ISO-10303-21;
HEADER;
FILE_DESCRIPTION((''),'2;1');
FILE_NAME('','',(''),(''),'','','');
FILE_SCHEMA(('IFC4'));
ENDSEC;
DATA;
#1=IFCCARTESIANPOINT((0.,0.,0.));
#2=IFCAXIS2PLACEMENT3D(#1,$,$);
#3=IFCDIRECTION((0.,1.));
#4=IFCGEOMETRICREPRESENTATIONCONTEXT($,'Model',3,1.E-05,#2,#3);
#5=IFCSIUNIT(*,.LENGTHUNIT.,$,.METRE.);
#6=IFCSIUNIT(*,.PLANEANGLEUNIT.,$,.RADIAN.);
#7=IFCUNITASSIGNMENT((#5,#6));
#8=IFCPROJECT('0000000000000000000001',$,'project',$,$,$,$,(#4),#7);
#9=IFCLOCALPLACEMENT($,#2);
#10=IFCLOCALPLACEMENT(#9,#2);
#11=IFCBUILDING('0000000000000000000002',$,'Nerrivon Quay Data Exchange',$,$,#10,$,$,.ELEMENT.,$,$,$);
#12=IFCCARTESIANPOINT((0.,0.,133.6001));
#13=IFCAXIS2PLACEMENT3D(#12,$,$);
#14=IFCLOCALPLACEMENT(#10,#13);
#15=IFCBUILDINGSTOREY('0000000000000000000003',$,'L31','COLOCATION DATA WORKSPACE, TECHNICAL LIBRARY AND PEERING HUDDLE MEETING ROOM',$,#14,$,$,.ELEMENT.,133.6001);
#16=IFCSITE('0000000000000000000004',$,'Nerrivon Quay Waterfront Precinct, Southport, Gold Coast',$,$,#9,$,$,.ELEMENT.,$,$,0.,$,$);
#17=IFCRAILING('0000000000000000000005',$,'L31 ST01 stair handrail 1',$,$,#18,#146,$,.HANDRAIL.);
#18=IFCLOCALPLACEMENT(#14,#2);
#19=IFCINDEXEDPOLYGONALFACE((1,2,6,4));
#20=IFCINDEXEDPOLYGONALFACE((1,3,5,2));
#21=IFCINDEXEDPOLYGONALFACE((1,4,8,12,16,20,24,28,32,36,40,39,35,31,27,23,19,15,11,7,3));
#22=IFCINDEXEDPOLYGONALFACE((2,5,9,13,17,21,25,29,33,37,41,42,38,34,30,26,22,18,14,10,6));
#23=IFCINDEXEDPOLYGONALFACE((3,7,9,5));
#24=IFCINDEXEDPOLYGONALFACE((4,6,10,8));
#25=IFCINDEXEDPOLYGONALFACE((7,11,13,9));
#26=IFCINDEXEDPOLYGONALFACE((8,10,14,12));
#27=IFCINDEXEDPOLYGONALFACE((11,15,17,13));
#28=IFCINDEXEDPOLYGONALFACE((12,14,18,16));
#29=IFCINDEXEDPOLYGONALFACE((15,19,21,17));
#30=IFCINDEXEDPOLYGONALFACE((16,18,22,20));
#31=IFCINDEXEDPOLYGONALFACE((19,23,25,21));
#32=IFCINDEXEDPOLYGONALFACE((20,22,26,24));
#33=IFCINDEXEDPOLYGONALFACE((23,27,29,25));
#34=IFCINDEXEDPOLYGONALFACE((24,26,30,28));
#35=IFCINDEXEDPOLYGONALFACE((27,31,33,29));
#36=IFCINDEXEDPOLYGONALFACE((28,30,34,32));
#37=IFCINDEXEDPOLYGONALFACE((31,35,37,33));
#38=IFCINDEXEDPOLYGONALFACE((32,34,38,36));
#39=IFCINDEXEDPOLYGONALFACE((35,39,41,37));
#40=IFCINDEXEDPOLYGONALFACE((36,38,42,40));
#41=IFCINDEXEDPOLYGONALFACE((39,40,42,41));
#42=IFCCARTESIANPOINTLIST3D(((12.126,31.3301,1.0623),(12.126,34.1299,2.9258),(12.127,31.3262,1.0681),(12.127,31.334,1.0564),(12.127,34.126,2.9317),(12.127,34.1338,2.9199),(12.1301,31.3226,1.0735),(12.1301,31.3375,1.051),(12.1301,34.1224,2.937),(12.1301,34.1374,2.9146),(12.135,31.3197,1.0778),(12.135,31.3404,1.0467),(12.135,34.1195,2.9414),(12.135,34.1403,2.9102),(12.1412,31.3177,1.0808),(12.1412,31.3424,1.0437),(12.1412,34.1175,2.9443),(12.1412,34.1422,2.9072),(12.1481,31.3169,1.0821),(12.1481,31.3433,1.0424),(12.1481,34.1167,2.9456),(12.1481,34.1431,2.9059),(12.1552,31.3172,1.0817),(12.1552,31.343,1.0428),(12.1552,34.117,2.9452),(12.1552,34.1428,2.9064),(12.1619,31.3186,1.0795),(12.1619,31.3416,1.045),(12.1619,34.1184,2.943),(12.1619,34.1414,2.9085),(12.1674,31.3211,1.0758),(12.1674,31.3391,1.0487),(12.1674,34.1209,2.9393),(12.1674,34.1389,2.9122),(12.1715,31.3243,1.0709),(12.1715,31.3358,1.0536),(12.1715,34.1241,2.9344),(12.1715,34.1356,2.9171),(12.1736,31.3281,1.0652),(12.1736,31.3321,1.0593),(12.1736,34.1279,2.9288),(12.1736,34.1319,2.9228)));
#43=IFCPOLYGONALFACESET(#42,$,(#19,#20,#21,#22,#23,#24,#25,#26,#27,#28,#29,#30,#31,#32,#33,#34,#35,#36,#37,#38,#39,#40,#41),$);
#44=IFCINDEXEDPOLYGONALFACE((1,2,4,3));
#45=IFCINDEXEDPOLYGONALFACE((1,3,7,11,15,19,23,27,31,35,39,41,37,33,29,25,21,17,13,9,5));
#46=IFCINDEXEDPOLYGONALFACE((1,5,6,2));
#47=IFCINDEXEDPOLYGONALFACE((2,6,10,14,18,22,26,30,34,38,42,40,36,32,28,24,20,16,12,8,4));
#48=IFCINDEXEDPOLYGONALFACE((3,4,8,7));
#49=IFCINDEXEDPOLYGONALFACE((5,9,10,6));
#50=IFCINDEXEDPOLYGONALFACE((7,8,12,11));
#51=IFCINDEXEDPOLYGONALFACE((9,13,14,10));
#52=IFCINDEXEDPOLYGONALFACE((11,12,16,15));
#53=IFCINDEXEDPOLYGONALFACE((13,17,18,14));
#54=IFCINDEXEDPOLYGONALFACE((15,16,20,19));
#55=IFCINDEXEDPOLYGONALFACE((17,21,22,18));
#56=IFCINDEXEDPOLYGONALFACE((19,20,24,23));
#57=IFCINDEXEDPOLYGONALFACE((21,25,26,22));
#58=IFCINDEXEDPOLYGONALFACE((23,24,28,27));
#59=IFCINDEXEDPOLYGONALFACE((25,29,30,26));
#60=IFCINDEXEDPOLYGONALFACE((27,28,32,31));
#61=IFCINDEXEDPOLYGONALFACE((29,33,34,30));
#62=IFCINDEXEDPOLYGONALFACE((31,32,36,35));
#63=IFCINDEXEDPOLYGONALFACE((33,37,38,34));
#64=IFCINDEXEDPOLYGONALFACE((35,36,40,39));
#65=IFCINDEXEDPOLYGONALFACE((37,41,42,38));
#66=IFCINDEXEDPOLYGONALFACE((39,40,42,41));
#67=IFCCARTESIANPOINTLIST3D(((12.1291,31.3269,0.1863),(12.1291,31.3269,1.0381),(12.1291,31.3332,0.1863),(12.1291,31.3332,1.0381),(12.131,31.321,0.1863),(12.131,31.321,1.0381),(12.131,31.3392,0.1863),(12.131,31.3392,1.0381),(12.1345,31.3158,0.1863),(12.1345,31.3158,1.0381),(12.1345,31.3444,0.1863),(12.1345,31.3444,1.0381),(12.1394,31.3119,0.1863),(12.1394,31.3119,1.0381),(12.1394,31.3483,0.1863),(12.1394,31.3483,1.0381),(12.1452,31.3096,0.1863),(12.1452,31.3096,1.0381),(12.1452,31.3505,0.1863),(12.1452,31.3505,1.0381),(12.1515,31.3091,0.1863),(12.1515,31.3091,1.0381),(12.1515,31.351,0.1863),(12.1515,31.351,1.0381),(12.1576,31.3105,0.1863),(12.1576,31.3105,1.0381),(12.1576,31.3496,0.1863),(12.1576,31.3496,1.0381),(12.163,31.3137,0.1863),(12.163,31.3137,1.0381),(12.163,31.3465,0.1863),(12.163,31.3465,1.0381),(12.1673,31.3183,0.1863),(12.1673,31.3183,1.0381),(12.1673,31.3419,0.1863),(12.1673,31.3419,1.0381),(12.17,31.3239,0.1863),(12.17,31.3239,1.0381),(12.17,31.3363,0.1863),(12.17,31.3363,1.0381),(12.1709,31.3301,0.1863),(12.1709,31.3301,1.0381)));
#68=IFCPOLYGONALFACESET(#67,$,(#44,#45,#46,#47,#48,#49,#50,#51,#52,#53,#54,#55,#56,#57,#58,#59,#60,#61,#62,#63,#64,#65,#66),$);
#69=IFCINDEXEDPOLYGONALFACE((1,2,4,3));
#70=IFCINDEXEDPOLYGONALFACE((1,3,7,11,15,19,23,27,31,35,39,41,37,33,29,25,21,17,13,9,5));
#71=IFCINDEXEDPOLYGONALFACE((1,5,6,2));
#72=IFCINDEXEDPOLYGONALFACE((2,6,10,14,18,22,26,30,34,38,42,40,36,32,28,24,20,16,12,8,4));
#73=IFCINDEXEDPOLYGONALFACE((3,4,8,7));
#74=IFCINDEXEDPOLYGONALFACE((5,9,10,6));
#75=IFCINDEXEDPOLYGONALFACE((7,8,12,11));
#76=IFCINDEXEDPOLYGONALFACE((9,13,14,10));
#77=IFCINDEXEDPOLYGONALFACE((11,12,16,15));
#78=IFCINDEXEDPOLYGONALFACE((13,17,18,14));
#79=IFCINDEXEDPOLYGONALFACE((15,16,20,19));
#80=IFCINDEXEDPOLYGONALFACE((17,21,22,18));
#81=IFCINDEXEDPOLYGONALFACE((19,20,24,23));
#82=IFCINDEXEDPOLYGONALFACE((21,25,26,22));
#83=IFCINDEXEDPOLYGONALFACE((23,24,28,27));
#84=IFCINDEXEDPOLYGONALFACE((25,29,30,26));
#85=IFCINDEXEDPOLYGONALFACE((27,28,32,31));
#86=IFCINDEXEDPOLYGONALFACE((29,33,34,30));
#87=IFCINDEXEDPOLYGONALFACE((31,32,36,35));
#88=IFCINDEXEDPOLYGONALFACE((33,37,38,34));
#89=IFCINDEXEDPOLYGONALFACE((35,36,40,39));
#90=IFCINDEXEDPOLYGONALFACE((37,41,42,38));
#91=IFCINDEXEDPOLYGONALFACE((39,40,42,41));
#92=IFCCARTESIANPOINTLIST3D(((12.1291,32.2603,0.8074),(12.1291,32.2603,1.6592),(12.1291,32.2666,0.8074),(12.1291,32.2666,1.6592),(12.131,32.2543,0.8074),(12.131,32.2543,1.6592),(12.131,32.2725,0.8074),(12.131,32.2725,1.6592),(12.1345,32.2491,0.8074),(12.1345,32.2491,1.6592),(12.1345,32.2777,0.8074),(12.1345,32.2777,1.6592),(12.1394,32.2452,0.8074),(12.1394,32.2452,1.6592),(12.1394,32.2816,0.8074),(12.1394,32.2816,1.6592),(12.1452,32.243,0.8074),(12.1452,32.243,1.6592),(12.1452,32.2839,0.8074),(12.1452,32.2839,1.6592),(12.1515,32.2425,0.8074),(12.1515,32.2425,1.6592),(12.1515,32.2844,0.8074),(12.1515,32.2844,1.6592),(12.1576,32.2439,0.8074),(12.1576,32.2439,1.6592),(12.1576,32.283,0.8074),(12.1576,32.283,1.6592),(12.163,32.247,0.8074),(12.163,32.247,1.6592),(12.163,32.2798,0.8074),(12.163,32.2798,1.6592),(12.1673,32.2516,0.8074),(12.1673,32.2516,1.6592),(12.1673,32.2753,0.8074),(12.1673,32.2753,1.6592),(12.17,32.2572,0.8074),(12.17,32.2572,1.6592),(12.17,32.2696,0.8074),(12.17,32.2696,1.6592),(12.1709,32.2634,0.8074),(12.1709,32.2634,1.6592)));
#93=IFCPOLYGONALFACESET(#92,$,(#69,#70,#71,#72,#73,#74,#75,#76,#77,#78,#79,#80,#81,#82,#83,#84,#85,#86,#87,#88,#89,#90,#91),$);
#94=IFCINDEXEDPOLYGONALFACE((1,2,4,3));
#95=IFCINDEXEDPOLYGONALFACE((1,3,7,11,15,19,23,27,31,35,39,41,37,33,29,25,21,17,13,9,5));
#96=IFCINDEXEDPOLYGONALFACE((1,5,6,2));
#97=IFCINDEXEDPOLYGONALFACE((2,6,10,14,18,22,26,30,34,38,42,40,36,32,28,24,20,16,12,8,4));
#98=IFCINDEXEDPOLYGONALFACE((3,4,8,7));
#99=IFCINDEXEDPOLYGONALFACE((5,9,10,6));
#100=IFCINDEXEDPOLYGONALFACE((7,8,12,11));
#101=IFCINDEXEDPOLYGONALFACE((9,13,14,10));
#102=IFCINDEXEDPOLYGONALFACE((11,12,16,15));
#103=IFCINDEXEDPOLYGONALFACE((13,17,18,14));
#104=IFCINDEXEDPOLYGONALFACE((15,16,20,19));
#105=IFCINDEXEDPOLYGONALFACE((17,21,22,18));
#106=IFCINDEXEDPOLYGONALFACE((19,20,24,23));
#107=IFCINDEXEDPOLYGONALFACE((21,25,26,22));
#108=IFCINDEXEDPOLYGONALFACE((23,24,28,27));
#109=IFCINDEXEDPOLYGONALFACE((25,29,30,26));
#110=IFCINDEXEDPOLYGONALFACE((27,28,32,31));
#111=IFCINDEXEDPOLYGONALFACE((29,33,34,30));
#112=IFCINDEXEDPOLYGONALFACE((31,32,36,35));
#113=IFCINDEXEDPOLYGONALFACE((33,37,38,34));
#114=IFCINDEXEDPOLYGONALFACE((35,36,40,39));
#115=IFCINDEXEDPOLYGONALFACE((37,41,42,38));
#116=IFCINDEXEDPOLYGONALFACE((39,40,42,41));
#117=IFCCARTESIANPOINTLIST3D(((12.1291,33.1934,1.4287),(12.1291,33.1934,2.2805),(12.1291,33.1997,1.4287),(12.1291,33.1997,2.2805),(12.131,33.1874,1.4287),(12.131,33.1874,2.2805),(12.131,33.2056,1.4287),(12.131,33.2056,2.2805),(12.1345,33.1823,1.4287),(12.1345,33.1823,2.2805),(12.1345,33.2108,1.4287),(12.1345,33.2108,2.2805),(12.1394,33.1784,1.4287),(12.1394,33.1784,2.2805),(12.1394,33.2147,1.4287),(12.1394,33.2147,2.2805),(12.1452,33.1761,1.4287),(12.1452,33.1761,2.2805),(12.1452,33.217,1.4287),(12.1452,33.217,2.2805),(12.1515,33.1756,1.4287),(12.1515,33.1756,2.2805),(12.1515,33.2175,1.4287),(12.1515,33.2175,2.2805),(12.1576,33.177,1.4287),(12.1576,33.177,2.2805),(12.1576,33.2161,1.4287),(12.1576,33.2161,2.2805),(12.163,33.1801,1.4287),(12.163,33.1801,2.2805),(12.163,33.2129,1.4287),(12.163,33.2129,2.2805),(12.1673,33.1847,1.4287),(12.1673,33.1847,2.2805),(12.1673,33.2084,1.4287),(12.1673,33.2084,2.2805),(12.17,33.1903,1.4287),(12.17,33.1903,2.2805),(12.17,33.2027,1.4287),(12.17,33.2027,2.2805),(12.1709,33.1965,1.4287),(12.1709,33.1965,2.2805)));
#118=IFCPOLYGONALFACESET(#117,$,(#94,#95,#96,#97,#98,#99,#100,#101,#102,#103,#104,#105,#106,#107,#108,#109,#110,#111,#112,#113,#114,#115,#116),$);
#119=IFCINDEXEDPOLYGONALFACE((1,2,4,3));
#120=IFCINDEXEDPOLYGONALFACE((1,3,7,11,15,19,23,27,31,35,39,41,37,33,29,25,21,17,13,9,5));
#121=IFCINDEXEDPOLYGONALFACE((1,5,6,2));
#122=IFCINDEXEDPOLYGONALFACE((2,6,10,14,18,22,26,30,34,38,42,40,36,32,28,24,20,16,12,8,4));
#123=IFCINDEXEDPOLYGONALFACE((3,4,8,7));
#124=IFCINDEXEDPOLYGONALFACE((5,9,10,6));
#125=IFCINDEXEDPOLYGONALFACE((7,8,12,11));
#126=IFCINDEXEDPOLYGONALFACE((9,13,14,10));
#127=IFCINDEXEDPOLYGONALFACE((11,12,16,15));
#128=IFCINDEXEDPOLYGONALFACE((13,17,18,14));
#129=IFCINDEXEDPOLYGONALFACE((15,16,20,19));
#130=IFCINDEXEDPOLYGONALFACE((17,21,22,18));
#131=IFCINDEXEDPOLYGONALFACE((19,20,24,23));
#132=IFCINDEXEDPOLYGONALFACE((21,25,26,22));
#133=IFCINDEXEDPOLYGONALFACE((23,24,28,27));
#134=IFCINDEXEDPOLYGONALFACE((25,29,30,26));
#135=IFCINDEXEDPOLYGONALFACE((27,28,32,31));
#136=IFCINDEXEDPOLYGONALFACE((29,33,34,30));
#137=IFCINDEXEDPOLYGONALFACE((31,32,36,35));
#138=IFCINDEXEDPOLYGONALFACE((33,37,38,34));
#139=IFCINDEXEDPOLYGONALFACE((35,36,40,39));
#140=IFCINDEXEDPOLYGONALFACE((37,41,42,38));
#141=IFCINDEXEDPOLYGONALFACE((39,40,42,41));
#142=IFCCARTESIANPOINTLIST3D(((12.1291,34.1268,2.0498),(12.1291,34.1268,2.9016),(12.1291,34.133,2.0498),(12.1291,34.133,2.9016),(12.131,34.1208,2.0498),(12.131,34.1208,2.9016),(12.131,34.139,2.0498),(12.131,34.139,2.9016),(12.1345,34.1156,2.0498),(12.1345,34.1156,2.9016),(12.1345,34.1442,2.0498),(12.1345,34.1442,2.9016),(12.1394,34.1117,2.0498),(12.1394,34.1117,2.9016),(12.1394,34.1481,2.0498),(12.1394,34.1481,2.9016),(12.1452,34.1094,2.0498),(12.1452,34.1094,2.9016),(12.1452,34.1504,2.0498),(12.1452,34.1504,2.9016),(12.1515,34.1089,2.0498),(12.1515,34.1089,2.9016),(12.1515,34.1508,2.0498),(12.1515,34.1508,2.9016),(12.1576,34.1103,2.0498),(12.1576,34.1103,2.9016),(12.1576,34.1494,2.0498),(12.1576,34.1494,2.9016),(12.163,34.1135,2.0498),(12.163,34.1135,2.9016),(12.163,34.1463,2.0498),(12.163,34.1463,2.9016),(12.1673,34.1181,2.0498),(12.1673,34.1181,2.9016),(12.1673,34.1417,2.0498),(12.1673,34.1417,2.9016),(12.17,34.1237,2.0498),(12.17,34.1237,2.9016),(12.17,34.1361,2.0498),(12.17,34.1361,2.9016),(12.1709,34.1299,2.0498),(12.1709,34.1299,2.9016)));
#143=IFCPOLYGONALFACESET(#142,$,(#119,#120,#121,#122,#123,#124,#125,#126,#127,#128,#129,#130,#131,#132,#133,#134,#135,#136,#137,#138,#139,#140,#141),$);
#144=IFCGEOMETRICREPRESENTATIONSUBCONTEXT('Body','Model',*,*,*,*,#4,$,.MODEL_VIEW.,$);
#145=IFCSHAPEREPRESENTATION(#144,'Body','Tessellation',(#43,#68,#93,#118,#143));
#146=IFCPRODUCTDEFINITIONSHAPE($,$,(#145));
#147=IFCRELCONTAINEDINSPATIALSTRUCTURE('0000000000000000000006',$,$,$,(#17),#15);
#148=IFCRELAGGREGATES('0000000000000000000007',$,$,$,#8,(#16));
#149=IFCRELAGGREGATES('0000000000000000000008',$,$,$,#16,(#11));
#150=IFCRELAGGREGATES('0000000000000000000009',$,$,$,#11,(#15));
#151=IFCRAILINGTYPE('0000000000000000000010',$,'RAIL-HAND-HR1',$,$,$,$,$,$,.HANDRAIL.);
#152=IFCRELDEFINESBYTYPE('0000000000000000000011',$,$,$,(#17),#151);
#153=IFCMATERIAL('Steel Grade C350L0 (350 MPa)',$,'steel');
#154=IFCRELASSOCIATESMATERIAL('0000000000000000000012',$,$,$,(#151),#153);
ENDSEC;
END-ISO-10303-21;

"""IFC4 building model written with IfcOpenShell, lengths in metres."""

from ifc_helpers import new_model, si_unit, direction, frame, origin, origin_2d, place, context, subcontext, project, spatial, circle, extrude, material, type_object, element, save


model = new_model("IFC4")

# Units and contexts
model_context = context("Model", 3, precision=1e-05, world=origin(), true_north=direction((0.0, 1.0)))
body_context = subcontext(model_context, "Body", "Model", "MODEL_VIEW")
ifc_project = project(units=[si_unit("LENGTHUNIT", "METRE"), si_unit("PLANEANGLEUNIT", "RADIAN")], contexts=[model_context])

# Site, building, storey
site_placement = place(None, origin())
site = spatial("IfcSite", under=ifc_project, at=site_placement, Name="Nerrivon Quay Waterfront Precinct, Southport, Gold Coast", CompositionType="ELEMENT", RefElevation=0.0)
building_placement = place(site_placement, origin())
building = spatial("IfcBuilding", under=site, at=building_placement, Name="Nerrivon Quay Data Exchange", CompositionType="ELEMENT")
storey_placement = place(building_placement, frame((0.0, 0.0, 133.6001)))
storey = spatial("IfcBuildingStorey", under=building, at=storey_placement, Name="L31", Description="COLOCATION DATA WORKSPACE, TECHNICAL LIBRARY AND PEERING HUDDLE MEETING ROOM", CompositionType="ELEMENT", Elevation=133.6001)

# Railing
ifc_material_1 = material(Name="Steel Grade C350L0 (350 MPa)", Category="steel")
railing_type_1 = type_object("IfcRailingType", Name="RAIL-HAND-HR1", PredefinedType="HANDRAIL", material=ifc_material_1)
railing_1_placement = place(storey_placement, frame((12.1499, 31.3301, 0.1863)))
element("IfcRailing", 1, at=railing_1_placement, inside=storey, type_object=railing_type_1, Name="L31 ST01 stair handrail 1", PredefinedType="HANDRAIL", context=body_context, shape_type="SweptSolid", body=[
    extrude(circle(Radius=0.0239, at=origin_2d()), frame((0.0, 0.0, 0.876), z_axis=(0.0, 0.832463, 0.55408), x_axis=(-1.0, 0.0, 0.0)), (0.0, 0.0, 1.0), 3.3633),
    extrude(circle(Radius=0.021, at=origin_2d()), origin(), (0.0, 0.0, 1.0), 0.8518),
    extrude(circle(Radius=0.021, at=origin_2d()), frame((0.0, 0.9333, 0.6211)), (0.0, 0.0, 1.0), 0.8518),
    extrude(circle(Radius=0.021, at=origin_2d()), frame((0.0, 1.8665, 1.2424)), (0.0, 0.0, 1.0), 0.8518),
    extrude(circle(Radius=0.021, at=origin_2d()), frame((0.0, 2.7998, 1.8635)), (0.0, 0.0, 1.0), 0.8518),
])

save(model, "model.ifc")
